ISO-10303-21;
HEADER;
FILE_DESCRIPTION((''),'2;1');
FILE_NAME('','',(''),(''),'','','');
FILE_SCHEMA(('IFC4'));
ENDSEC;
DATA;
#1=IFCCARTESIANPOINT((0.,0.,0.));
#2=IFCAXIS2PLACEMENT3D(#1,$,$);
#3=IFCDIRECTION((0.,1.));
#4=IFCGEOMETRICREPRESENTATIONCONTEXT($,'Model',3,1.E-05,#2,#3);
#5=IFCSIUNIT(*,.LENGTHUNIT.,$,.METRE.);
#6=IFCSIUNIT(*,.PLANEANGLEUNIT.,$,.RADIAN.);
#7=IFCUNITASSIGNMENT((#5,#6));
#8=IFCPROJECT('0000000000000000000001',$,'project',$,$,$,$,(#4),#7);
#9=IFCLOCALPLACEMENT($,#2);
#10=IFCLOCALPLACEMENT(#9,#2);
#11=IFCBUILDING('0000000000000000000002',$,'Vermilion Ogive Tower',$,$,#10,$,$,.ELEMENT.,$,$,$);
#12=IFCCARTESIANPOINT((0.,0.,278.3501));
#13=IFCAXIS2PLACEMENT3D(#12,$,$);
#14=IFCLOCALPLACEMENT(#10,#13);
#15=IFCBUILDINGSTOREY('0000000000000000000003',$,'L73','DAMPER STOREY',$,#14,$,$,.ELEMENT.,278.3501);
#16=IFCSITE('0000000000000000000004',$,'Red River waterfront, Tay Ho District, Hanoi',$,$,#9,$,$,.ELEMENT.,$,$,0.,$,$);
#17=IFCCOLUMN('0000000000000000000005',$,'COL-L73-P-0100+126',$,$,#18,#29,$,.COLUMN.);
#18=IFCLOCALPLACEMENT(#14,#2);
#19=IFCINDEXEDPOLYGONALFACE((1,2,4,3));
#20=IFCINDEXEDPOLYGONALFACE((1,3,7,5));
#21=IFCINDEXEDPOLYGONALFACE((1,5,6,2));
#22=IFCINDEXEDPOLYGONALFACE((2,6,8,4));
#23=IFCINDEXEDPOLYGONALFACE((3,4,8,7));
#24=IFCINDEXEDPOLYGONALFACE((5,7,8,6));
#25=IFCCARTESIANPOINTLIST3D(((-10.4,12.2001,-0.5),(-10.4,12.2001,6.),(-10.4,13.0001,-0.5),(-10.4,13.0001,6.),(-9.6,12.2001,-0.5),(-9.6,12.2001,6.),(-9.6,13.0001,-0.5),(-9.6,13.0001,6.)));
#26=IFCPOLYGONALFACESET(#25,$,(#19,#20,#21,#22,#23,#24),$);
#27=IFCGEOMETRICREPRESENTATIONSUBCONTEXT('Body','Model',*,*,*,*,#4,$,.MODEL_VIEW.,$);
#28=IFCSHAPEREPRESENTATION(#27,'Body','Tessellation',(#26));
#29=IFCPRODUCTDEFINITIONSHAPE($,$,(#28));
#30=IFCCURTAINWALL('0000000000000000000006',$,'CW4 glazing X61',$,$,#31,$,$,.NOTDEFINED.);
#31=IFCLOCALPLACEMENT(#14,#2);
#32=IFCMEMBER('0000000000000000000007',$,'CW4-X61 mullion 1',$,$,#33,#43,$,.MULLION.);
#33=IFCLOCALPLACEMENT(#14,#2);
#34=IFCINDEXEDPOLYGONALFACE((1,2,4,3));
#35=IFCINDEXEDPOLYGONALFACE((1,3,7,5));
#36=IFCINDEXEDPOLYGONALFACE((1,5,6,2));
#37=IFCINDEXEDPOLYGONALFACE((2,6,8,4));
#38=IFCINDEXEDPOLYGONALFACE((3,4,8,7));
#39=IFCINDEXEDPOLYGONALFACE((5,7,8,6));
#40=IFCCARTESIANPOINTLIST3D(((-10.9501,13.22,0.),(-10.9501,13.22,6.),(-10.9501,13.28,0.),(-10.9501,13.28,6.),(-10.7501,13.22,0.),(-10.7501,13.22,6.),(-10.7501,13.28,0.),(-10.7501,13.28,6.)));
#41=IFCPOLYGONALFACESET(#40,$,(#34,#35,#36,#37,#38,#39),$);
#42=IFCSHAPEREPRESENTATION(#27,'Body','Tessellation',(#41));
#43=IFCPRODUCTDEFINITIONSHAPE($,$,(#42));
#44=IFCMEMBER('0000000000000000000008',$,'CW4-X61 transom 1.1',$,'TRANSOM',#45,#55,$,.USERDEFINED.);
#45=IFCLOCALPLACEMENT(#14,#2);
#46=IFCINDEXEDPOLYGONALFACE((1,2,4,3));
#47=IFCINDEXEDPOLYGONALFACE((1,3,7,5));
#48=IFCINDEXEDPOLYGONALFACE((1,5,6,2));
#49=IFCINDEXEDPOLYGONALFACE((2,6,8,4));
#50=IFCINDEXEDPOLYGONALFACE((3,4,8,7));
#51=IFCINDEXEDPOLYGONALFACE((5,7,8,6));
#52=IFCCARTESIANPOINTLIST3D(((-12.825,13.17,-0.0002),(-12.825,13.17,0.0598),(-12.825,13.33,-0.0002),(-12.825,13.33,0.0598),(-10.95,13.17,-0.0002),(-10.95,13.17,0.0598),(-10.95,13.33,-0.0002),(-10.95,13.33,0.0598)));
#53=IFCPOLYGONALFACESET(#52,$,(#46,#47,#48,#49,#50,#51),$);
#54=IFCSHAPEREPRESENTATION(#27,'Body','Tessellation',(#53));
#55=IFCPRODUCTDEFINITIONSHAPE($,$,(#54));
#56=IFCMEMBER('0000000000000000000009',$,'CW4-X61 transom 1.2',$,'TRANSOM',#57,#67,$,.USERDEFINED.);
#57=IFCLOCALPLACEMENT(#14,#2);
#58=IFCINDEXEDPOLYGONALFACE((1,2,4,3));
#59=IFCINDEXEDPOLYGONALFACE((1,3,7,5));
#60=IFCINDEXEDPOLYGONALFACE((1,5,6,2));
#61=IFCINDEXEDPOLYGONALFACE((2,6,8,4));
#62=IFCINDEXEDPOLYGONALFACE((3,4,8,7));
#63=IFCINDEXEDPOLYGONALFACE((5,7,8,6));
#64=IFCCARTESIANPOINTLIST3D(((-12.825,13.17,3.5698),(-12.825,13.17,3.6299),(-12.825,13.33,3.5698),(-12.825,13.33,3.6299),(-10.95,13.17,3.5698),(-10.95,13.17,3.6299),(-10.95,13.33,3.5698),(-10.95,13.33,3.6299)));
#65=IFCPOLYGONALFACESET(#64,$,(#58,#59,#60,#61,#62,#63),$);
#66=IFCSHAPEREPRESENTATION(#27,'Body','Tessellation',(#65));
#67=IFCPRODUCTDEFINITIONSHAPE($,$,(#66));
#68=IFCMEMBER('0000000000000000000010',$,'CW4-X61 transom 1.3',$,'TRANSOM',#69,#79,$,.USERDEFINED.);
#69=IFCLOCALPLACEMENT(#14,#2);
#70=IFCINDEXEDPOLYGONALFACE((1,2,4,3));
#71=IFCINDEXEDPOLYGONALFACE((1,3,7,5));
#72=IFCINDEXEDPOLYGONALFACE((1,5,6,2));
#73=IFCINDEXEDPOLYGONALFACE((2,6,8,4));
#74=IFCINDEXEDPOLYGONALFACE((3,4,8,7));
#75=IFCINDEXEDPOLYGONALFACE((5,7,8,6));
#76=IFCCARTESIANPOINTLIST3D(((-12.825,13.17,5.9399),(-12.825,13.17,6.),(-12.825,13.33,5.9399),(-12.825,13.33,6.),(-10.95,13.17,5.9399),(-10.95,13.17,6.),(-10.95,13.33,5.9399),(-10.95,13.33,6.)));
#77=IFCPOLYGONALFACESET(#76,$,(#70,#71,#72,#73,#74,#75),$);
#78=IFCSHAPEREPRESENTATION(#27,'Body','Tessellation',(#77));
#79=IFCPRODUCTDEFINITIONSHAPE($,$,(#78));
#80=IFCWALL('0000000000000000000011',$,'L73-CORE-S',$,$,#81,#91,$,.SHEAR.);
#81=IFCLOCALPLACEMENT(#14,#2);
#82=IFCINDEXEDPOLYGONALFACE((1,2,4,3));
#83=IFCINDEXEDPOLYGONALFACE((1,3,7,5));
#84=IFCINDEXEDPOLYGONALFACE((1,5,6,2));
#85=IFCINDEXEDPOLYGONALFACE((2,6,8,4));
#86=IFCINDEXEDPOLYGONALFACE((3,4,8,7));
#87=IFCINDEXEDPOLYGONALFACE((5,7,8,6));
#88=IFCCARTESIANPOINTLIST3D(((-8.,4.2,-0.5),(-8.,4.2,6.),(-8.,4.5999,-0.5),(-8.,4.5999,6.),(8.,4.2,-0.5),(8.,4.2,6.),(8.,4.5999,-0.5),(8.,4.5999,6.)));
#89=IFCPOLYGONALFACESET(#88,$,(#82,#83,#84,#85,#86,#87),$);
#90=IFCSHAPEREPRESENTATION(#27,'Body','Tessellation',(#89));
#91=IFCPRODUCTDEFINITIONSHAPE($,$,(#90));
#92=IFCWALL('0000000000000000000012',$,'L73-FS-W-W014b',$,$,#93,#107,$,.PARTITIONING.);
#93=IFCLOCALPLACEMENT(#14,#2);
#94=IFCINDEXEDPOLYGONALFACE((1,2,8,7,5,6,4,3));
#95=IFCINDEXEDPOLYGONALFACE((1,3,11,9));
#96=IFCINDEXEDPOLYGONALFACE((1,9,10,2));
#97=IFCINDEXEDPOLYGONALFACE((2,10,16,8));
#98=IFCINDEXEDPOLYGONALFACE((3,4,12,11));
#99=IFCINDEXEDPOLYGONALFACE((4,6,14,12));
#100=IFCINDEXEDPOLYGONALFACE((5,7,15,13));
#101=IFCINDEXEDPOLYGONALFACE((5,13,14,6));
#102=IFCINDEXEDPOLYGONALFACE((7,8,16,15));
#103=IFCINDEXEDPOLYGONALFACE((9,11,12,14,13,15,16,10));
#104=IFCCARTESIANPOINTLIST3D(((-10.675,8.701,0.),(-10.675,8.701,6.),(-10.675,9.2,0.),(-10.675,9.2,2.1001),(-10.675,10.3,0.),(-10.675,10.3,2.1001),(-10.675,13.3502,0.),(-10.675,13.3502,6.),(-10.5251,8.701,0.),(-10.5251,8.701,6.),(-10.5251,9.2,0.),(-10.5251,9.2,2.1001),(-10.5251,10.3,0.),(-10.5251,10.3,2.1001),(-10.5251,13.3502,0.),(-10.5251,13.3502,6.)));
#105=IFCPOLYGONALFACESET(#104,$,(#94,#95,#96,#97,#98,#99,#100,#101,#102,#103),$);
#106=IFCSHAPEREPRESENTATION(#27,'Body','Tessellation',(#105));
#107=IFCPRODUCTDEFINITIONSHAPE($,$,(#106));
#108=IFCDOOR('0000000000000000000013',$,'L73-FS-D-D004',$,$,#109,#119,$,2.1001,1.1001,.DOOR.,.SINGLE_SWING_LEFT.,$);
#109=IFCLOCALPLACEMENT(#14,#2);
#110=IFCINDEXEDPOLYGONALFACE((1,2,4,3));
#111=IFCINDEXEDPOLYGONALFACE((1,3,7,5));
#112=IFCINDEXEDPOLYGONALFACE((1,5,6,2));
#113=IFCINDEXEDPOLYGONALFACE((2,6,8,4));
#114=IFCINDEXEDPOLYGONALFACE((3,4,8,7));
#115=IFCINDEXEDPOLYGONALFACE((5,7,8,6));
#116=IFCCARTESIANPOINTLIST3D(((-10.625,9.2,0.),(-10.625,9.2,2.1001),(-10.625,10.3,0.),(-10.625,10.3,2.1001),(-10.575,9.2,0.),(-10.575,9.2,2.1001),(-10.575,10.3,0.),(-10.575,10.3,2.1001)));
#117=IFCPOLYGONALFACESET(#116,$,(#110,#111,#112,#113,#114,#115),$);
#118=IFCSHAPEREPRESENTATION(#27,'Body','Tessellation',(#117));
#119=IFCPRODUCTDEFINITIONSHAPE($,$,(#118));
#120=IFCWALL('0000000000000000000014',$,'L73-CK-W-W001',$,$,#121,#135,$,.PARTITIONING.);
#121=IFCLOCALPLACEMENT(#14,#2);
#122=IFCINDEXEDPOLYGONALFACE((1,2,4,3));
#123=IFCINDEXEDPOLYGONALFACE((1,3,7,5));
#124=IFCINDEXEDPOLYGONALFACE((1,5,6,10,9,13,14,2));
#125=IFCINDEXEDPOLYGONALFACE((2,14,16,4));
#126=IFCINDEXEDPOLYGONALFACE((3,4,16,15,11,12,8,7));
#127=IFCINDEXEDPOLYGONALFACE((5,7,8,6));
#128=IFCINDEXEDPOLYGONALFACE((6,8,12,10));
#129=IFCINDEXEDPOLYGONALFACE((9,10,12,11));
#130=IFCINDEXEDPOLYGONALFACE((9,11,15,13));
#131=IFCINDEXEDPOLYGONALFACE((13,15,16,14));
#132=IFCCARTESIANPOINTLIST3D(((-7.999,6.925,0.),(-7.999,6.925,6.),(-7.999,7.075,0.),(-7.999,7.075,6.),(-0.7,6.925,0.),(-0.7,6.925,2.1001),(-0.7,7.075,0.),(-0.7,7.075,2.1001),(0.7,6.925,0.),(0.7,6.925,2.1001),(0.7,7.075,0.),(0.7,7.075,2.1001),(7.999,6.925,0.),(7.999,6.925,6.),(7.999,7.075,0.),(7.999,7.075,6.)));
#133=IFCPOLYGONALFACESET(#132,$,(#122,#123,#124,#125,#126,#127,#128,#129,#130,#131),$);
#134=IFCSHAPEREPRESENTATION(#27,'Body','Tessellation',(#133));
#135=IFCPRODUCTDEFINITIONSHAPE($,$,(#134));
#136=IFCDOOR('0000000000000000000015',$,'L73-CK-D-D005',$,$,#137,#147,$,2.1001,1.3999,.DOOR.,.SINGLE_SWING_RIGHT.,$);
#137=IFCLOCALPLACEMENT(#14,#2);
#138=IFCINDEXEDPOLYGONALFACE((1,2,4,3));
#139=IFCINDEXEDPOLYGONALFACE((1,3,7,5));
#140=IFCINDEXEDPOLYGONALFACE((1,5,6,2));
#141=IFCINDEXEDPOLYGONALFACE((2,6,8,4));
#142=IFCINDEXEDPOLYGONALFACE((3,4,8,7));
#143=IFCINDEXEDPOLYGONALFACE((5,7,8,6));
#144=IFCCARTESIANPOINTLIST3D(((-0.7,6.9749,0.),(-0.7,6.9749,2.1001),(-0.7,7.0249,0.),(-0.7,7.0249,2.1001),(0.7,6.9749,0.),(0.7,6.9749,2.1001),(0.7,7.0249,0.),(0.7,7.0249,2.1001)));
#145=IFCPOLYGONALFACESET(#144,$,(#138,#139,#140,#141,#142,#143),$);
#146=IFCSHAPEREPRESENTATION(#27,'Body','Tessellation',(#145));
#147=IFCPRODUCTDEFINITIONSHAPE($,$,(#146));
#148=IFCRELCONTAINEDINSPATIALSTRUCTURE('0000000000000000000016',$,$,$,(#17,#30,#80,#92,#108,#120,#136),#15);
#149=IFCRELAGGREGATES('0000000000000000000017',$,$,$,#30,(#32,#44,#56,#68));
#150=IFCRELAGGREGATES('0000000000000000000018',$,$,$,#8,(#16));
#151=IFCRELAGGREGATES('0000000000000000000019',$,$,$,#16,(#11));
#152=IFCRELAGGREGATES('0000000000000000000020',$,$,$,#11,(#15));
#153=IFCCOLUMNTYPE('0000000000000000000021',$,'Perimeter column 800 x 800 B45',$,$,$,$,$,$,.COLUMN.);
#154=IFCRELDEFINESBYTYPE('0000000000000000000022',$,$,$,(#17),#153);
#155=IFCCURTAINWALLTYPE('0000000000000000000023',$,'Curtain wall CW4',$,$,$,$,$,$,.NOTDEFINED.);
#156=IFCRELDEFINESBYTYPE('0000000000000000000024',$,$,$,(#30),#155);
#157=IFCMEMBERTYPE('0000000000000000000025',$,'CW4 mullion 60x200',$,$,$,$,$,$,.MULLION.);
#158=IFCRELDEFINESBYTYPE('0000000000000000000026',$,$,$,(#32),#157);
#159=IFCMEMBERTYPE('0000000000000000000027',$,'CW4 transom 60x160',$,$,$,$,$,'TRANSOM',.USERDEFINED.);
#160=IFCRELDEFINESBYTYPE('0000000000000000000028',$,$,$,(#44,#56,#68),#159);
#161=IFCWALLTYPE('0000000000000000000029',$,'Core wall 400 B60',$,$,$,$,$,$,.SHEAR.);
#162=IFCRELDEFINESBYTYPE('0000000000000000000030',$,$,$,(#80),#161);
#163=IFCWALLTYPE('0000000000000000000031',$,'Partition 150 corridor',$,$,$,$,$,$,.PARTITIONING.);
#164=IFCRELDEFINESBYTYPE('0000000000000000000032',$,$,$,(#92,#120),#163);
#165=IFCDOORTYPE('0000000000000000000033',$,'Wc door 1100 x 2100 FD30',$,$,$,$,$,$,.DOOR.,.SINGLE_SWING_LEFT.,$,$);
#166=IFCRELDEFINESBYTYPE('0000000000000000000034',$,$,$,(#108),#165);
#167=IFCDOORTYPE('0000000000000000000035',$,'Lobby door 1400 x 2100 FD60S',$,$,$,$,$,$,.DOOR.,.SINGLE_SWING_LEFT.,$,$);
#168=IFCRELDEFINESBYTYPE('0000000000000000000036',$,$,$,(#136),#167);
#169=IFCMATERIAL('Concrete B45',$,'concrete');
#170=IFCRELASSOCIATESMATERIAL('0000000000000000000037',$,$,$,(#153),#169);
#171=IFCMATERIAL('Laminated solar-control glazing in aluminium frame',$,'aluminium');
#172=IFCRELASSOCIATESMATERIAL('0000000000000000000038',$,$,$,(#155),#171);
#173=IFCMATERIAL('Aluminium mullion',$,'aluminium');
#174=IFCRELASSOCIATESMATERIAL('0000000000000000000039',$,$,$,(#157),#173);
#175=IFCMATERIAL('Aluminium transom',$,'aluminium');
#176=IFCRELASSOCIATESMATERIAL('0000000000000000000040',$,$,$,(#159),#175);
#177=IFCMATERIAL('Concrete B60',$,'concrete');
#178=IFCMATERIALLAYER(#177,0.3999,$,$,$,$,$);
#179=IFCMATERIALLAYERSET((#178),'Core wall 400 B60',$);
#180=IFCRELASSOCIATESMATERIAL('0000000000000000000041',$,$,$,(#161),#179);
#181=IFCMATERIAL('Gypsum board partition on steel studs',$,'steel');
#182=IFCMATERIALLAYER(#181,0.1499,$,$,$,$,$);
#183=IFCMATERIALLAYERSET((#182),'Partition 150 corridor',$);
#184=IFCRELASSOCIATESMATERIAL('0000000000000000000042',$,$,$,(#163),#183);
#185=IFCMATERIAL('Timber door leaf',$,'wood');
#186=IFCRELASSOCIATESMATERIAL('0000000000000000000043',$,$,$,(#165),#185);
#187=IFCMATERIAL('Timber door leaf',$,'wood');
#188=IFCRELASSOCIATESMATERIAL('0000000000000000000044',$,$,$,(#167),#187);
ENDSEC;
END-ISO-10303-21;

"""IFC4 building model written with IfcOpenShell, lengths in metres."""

from ifc_helpers import new_model, si_unit, direction, frame, frame_2d, origin, origin_2d, place, context, subcontext, project, spatial, rectangle, extrude, material, layer, layer_set, material_profile, profile_set, type_object, element, fill, aggregate, save


model = new_model("IFC4")

# Units and contexts
model_context = context("Model", 3, precision=1e-05, world=origin(), true_north=direction((0.0, 1.0)))
body_context = subcontext(model_context, "Body", "Model", "MODEL_VIEW")
ifc_project = project(units=[si_unit("LENGTHUNIT", "METRE"), si_unit("PLANEANGLEUNIT", "RADIAN")], contexts=[model_context])

# Site, building, storey
site_placement = place(None, origin())
site = spatial("IfcSite", under=ifc_project, at=site_placement, Name="Red River waterfront, Tay Ho District, Hanoi", CompositionType="ELEMENT", RefElevation=0.0)
building_placement = place(site_placement, origin())
building = spatial("IfcBuilding", under=site, at=building_placement, Name="Vermilion Ogive Tower", CompositionType="ELEMENT")
storey_placement = place(building_placement, frame((0.0, 0.0, 278.3501)))
storey = spatial("IfcBuildingStorey", under=building, at=storey_placement, Name="L73", Description="DAMPER STOREY", CompositionType="ELEMENT", Elevation=278.3501)

# Column
ifc_material_1 = material(Name="Concrete B45", Category="concrete")
ifc_material_profile_1 = material_profile(ifc_material_1, rectangle(XDim=0.8, YDim=0.8, at=origin_2d()), Name="800 x 800")
ifc_profile_set_1 = profile_set([ifc_material_profile_1], Name="Concrete B45")
column_type = type_object("IfcColumnType", Name="Perimeter column 800 x 800 B45", PredefinedType="COLUMN", material=ifc_profile_set_1)
column_placement = place(storey_placement, frame((-10.0, 12.6001, -0.5), z_axis=(0.0, 0.0, 1.0), x_axis=(1.0, 0.0, 0.0)))
element("IfcColumn", 1, at=column_placement, inside=storey, type_object=column_type, Name="COL-L73-P-0100+126", PredefinedType="COLUMN", context=body_context, shape_type="SweptSolid", body=[
    extrude(rectangle(XDim=0.8, YDim=0.8, at=origin_2d()), origin(), (0.0, 0.0, 1.0), 6.5),
])

# Curtain wall, members
ifc_material_2 = material(Name="Laminated solar-control glazing in aluminium frame", Category="aluminium")
curtain_wall_type = type_object("IfcCurtainWallType", Name="Curtain wall CW4", PredefinedType="NOTDEFINED", material=ifc_material_2)
curtain_wall_placement = place(storey_placement, origin())
curtain_wall = element("IfcCurtainWall", 2, at=curtain_wall_placement, inside=storey, type_object=curtain_wall_type, Name="CW4 glazing X61", PredefinedType="NOTDEFINED")
ifc_material_3 = material(Name="Aluminium mullion", Category="aluminium")
ifc_material_profile_2 = material_profile(ifc_material_3, rectangle(XDim=0.0601, YDim=0.2, at=origin_2d()), Name="AL 60x200")
ifc_profile_set_2 = profile_set([ifc_material_profile_2], Name="Aluminium mullion")
member_type_1 = type_object("IfcMemberType", Name="CW4 mullion 60x200", PredefinedType="MULLION", material=ifc_profile_set_2)
member_1_placement = place(storey_placement, frame((-10.8501, 13.25, 0.0), z_axis=(0.0, 0.0, 1.0), x_axis=(0.0, -1.0, 0.0)))
member_1 = element("IfcMember", 3, at=member_1_placement, type_object=member_type_1, Name="CW4-X61 mullion 1", PredefinedType="MULLION", context=body_context, shape_type="SweptSolid", body=[
    extrude(rectangle(XDim=0.0601, YDim=0.2, at=origin_2d()), origin(), (0.0, 0.0, 1.0), 6.0),
])
ifc_material_4 = material(Name="Aluminium transom", Category="aluminium")
ifc_material_profile_3 = material_profile(ifc_material_4, rectangle(XDim=0.1599, YDim=0.0601, at=origin_2d()), Name="AL 60x160")
ifc_profile_set_3 = profile_set([ifc_material_profile_3], Name="Aluminium transom")
member_type_2 = type_object("IfcMemberType", Name="CW4 transom 60x160", ElementType="TRANSOM", PredefinedType="USERDEFINED", material=ifc_profile_set_3)
member_2_placement = place(storey_placement, frame((-10.95, 13.25, 0.0298), z_axis=(-1.0, 0.0, 0.0), x_axis=(0.0, -1.0, 0.0)))
member_2 = element("IfcMember", 4, at=member_2_placement, type_object=member_type_2, Name="CW4-X61 transom 1.1", ObjectType="TRANSOM", PredefinedType="USERDEFINED", context=body_context, shape_type="SweptSolid", body=[
    extrude(rectangle(XDim=0.1599, YDim=0.0601, at=origin_2d()), origin(), (0.0, 0.0, 1.0), 1.875),
])
member_3_placement = place(storey_placement, frame((-10.95, 13.25, 3.5999), z_axis=(-1.0, 0.0, 0.0), x_axis=(0.0, -1.0, 0.0)))
member_3 = element("IfcMember", 5, at=member_3_placement, type_object=member_type_2, Name="CW4-X61 transom 1.2", ObjectType="TRANSOM", PredefinedType="USERDEFINED", context=body_context, shape_type="SweptSolid", body=[
    extrude(rectangle(XDim=0.1599, YDim=0.0601, at=origin_2d()), origin(), (0.0, 0.0, 1.0), 1.875),
])
member_4_placement = place(storey_placement, frame((-10.95, 13.25, 5.97), z_axis=(-1.0, 0.0, 0.0), x_axis=(0.0, -1.0, 0.0)))
member_4 = element("IfcMember", 6, at=member_4_placement, type_object=member_type_2, Name="CW4-X61 transom 1.3", ObjectType="TRANSOM", PredefinedType="USERDEFINED", context=body_context, shape_type="SweptSolid", body=[
    extrude(rectangle(XDim=0.1599, YDim=0.0601, at=origin_2d()), origin(), (0.0, 0.0, 1.0), 1.875),
])
aggregate(curtain_wall, [member_1, member_2, member_3, member_4])

# Wall
ifc_material_5 = material(Name="Concrete B60", Category="concrete")
ifc_layer_1 = layer(ifc_material_5, 0.3999)
ifc_layer_set_1 = layer_set([ifc_layer_1], Name="Core wall 400 B60")
wall_type_1 = type_object("IfcWallType", Name="Core wall 400 B60", PredefinedType="SHEAR", material=ifc_layer_set_1)
wall_1_placement = place(storey_placement, frame((-8.0, 4.3999, -0.5), z_axis=(0.0, 0.0, 1.0), x_axis=(1.0, 0.0, 0.0)))
element("IfcWall", 7, at=wall_1_placement, inside=storey, type_object=wall_type_1, Name="L73-CORE-S", PredefinedType="SHEAR", context=body_context, shape_type="SweptSolid", body=[
    extrude(rectangle(XDim=16.0, YDim=0.3999, at=frame_2d((8.0, 0.0))), origin(), (0.0, 0.0, 1.0), 6.5),
])

# Walls, openings, doors
ifc_material_6 = material(Name="Gypsum board partition on steel studs", Category="steel")
ifc_layer_2 = layer(ifc_material_6, 0.1499)
ifc_layer_set_2 = layer_set([ifc_layer_2], Name="Partition 150 corridor")
wall_type_2 = type_object("IfcWallType", Name="Partition 150 corridor", PredefinedType="PARTITIONING", material=ifc_layer_set_2)
wall_2_placement = place(storey_placement, frame((-10.6001, 8.7009, 0.0), z_axis=(0.0, 0.0, 1.0), x_axis=(0.0, 1.0, 0.0)))
wall_2 = element("IfcWall", 8, at=wall_2_placement, inside=storey, type_object=wall_type_2, Name="L73-FS-W-W014b", PredefinedType="PARTITIONING", context=body_context, shape_type="SweptSolid", body=[
    extrude(rectangle(XDim=4.6492, YDim=0.1499, at=frame_2d((2.3247, 0.0))), origin(), (0.0, 0.0, 1.0), 6.0),
])
opening_1_placement = place(wall_2_placement, frame((0.499, 0.0, 0.0)))
opening_1 = element("IfcOpeningElement", 9, at=opening_1_placement, cuts=wall_2, PredefinedType="OPENING", context=body_context, shape_type="SweptSolid", body=[
    extrude(rectangle(XDim=1.1001, YDim=2.1001, at=frame_2d((0.55, 1.05))), frame((0.0, 0.085, 0.0), z_axis=(0.0, -1.0, 0.0), x_axis=(1.0, 0.0, 0.0)), (0.0, 0.0, 1.0), 0.1699),
])
ifc_material_7 = material(Name="Timber door leaf", Category="wood")
door_type_1 = type_object("IfcDoorType", Name="Wc door 1100 x 2100 FD30", OperationType="SINGLE_SWING_LEFT", PredefinedType="DOOR", material=ifc_material_7)
door_1_placement = place(opening_1_placement, origin())
door_1 = element("IfcDoor", 10, at=door_1_placement, inside=storey, type_object=door_type_1, Name="L73-FS-D-D004", OperationType="SINGLE_SWING_LEFT", OverallHeight=2.1001, OverallWidth=1.1001, PredefinedType="DOOR", context=body_context, shape_type="SweptSolid", body=[
    extrude(rectangle(XDim=1.1001, YDim=2.1001, at=frame_2d((0.55, 1.05))), frame((0.0, 0.0249, 0.0), z_axis=(0.0, -1.0, 0.0), x_axis=(1.0, 0.0, 0.0)), (0.0, 0.0, 1.0), 0.05),
])
fill(opening_1, door_1)
wall_3_placement = place(storey_placement, frame((-7.999, 7.0, 0.0), z_axis=(0.0, 0.0, 1.0), x_axis=(1.0, 0.0, 0.0)))
wall_3 = element("IfcWall", 11, at=wall_3_placement, inside=storey, type_object=wall_type_2, Name="L73-CK-W-W001", PredefinedType="PARTITIONING", context=body_context, shape_type="SweptSolid", body=[
    extrude(rectangle(XDim=15.998, YDim=0.1499, at=frame_2d((7.999, 0.0))), origin(), (0.0, 0.0, 1.0), 6.0),
])
opening_2_placement = place(wall_3_placement, frame((7.2991, 0.0, 0.0)))
opening_2 = element("IfcOpeningElement", 12, at=opening_2_placement, cuts=wall_3, PredefinedType="OPENING", context=body_context, shape_type="SweptSolid", body=[
    extrude(rectangle(XDim=1.3999, YDim=2.1001, at=frame_2d((0.7, 1.05))), frame((0.0, 0.085, 0.0), z_axis=(0.0, -1.0, 0.0), x_axis=(1.0, 0.0, 0.0)), (0.0, 0.0, 1.0), 0.1699),
])
ifc_material_8 = material(Name="Timber door leaf", Category="wood")
door_type_2 = type_object("IfcDoorType", Name="Lobby door 1400 x 2100 FD60S", OperationType="SINGLE_SWING_LEFT", PredefinedType="DOOR", material=ifc_material_8)
door_2_placement = place(opening_2_placement, origin())
door_2 = element("IfcDoor", 13, at=door_2_placement, inside=storey, type_object=door_type_2, Name="L73-CK-D-D005", OperationType="SINGLE_SWING_RIGHT", OverallHeight=2.1001, OverallWidth=1.3999, PredefinedType="DOOR", context=body_context, shape_type="SweptSolid", body=[
    extrude(rectangle(XDim=1.3999, YDim=2.1001, at=frame_2d((0.7, 1.05))), frame((0.0, 0.0249, 0.0), z_axis=(0.0, -1.0, 0.0), x_axis=(1.0, 0.0, 0.0)), (0.0, 0.0, 1.0), 0.05),
])
fill(opening_2, door_2)

save(model, "model.ifc")
